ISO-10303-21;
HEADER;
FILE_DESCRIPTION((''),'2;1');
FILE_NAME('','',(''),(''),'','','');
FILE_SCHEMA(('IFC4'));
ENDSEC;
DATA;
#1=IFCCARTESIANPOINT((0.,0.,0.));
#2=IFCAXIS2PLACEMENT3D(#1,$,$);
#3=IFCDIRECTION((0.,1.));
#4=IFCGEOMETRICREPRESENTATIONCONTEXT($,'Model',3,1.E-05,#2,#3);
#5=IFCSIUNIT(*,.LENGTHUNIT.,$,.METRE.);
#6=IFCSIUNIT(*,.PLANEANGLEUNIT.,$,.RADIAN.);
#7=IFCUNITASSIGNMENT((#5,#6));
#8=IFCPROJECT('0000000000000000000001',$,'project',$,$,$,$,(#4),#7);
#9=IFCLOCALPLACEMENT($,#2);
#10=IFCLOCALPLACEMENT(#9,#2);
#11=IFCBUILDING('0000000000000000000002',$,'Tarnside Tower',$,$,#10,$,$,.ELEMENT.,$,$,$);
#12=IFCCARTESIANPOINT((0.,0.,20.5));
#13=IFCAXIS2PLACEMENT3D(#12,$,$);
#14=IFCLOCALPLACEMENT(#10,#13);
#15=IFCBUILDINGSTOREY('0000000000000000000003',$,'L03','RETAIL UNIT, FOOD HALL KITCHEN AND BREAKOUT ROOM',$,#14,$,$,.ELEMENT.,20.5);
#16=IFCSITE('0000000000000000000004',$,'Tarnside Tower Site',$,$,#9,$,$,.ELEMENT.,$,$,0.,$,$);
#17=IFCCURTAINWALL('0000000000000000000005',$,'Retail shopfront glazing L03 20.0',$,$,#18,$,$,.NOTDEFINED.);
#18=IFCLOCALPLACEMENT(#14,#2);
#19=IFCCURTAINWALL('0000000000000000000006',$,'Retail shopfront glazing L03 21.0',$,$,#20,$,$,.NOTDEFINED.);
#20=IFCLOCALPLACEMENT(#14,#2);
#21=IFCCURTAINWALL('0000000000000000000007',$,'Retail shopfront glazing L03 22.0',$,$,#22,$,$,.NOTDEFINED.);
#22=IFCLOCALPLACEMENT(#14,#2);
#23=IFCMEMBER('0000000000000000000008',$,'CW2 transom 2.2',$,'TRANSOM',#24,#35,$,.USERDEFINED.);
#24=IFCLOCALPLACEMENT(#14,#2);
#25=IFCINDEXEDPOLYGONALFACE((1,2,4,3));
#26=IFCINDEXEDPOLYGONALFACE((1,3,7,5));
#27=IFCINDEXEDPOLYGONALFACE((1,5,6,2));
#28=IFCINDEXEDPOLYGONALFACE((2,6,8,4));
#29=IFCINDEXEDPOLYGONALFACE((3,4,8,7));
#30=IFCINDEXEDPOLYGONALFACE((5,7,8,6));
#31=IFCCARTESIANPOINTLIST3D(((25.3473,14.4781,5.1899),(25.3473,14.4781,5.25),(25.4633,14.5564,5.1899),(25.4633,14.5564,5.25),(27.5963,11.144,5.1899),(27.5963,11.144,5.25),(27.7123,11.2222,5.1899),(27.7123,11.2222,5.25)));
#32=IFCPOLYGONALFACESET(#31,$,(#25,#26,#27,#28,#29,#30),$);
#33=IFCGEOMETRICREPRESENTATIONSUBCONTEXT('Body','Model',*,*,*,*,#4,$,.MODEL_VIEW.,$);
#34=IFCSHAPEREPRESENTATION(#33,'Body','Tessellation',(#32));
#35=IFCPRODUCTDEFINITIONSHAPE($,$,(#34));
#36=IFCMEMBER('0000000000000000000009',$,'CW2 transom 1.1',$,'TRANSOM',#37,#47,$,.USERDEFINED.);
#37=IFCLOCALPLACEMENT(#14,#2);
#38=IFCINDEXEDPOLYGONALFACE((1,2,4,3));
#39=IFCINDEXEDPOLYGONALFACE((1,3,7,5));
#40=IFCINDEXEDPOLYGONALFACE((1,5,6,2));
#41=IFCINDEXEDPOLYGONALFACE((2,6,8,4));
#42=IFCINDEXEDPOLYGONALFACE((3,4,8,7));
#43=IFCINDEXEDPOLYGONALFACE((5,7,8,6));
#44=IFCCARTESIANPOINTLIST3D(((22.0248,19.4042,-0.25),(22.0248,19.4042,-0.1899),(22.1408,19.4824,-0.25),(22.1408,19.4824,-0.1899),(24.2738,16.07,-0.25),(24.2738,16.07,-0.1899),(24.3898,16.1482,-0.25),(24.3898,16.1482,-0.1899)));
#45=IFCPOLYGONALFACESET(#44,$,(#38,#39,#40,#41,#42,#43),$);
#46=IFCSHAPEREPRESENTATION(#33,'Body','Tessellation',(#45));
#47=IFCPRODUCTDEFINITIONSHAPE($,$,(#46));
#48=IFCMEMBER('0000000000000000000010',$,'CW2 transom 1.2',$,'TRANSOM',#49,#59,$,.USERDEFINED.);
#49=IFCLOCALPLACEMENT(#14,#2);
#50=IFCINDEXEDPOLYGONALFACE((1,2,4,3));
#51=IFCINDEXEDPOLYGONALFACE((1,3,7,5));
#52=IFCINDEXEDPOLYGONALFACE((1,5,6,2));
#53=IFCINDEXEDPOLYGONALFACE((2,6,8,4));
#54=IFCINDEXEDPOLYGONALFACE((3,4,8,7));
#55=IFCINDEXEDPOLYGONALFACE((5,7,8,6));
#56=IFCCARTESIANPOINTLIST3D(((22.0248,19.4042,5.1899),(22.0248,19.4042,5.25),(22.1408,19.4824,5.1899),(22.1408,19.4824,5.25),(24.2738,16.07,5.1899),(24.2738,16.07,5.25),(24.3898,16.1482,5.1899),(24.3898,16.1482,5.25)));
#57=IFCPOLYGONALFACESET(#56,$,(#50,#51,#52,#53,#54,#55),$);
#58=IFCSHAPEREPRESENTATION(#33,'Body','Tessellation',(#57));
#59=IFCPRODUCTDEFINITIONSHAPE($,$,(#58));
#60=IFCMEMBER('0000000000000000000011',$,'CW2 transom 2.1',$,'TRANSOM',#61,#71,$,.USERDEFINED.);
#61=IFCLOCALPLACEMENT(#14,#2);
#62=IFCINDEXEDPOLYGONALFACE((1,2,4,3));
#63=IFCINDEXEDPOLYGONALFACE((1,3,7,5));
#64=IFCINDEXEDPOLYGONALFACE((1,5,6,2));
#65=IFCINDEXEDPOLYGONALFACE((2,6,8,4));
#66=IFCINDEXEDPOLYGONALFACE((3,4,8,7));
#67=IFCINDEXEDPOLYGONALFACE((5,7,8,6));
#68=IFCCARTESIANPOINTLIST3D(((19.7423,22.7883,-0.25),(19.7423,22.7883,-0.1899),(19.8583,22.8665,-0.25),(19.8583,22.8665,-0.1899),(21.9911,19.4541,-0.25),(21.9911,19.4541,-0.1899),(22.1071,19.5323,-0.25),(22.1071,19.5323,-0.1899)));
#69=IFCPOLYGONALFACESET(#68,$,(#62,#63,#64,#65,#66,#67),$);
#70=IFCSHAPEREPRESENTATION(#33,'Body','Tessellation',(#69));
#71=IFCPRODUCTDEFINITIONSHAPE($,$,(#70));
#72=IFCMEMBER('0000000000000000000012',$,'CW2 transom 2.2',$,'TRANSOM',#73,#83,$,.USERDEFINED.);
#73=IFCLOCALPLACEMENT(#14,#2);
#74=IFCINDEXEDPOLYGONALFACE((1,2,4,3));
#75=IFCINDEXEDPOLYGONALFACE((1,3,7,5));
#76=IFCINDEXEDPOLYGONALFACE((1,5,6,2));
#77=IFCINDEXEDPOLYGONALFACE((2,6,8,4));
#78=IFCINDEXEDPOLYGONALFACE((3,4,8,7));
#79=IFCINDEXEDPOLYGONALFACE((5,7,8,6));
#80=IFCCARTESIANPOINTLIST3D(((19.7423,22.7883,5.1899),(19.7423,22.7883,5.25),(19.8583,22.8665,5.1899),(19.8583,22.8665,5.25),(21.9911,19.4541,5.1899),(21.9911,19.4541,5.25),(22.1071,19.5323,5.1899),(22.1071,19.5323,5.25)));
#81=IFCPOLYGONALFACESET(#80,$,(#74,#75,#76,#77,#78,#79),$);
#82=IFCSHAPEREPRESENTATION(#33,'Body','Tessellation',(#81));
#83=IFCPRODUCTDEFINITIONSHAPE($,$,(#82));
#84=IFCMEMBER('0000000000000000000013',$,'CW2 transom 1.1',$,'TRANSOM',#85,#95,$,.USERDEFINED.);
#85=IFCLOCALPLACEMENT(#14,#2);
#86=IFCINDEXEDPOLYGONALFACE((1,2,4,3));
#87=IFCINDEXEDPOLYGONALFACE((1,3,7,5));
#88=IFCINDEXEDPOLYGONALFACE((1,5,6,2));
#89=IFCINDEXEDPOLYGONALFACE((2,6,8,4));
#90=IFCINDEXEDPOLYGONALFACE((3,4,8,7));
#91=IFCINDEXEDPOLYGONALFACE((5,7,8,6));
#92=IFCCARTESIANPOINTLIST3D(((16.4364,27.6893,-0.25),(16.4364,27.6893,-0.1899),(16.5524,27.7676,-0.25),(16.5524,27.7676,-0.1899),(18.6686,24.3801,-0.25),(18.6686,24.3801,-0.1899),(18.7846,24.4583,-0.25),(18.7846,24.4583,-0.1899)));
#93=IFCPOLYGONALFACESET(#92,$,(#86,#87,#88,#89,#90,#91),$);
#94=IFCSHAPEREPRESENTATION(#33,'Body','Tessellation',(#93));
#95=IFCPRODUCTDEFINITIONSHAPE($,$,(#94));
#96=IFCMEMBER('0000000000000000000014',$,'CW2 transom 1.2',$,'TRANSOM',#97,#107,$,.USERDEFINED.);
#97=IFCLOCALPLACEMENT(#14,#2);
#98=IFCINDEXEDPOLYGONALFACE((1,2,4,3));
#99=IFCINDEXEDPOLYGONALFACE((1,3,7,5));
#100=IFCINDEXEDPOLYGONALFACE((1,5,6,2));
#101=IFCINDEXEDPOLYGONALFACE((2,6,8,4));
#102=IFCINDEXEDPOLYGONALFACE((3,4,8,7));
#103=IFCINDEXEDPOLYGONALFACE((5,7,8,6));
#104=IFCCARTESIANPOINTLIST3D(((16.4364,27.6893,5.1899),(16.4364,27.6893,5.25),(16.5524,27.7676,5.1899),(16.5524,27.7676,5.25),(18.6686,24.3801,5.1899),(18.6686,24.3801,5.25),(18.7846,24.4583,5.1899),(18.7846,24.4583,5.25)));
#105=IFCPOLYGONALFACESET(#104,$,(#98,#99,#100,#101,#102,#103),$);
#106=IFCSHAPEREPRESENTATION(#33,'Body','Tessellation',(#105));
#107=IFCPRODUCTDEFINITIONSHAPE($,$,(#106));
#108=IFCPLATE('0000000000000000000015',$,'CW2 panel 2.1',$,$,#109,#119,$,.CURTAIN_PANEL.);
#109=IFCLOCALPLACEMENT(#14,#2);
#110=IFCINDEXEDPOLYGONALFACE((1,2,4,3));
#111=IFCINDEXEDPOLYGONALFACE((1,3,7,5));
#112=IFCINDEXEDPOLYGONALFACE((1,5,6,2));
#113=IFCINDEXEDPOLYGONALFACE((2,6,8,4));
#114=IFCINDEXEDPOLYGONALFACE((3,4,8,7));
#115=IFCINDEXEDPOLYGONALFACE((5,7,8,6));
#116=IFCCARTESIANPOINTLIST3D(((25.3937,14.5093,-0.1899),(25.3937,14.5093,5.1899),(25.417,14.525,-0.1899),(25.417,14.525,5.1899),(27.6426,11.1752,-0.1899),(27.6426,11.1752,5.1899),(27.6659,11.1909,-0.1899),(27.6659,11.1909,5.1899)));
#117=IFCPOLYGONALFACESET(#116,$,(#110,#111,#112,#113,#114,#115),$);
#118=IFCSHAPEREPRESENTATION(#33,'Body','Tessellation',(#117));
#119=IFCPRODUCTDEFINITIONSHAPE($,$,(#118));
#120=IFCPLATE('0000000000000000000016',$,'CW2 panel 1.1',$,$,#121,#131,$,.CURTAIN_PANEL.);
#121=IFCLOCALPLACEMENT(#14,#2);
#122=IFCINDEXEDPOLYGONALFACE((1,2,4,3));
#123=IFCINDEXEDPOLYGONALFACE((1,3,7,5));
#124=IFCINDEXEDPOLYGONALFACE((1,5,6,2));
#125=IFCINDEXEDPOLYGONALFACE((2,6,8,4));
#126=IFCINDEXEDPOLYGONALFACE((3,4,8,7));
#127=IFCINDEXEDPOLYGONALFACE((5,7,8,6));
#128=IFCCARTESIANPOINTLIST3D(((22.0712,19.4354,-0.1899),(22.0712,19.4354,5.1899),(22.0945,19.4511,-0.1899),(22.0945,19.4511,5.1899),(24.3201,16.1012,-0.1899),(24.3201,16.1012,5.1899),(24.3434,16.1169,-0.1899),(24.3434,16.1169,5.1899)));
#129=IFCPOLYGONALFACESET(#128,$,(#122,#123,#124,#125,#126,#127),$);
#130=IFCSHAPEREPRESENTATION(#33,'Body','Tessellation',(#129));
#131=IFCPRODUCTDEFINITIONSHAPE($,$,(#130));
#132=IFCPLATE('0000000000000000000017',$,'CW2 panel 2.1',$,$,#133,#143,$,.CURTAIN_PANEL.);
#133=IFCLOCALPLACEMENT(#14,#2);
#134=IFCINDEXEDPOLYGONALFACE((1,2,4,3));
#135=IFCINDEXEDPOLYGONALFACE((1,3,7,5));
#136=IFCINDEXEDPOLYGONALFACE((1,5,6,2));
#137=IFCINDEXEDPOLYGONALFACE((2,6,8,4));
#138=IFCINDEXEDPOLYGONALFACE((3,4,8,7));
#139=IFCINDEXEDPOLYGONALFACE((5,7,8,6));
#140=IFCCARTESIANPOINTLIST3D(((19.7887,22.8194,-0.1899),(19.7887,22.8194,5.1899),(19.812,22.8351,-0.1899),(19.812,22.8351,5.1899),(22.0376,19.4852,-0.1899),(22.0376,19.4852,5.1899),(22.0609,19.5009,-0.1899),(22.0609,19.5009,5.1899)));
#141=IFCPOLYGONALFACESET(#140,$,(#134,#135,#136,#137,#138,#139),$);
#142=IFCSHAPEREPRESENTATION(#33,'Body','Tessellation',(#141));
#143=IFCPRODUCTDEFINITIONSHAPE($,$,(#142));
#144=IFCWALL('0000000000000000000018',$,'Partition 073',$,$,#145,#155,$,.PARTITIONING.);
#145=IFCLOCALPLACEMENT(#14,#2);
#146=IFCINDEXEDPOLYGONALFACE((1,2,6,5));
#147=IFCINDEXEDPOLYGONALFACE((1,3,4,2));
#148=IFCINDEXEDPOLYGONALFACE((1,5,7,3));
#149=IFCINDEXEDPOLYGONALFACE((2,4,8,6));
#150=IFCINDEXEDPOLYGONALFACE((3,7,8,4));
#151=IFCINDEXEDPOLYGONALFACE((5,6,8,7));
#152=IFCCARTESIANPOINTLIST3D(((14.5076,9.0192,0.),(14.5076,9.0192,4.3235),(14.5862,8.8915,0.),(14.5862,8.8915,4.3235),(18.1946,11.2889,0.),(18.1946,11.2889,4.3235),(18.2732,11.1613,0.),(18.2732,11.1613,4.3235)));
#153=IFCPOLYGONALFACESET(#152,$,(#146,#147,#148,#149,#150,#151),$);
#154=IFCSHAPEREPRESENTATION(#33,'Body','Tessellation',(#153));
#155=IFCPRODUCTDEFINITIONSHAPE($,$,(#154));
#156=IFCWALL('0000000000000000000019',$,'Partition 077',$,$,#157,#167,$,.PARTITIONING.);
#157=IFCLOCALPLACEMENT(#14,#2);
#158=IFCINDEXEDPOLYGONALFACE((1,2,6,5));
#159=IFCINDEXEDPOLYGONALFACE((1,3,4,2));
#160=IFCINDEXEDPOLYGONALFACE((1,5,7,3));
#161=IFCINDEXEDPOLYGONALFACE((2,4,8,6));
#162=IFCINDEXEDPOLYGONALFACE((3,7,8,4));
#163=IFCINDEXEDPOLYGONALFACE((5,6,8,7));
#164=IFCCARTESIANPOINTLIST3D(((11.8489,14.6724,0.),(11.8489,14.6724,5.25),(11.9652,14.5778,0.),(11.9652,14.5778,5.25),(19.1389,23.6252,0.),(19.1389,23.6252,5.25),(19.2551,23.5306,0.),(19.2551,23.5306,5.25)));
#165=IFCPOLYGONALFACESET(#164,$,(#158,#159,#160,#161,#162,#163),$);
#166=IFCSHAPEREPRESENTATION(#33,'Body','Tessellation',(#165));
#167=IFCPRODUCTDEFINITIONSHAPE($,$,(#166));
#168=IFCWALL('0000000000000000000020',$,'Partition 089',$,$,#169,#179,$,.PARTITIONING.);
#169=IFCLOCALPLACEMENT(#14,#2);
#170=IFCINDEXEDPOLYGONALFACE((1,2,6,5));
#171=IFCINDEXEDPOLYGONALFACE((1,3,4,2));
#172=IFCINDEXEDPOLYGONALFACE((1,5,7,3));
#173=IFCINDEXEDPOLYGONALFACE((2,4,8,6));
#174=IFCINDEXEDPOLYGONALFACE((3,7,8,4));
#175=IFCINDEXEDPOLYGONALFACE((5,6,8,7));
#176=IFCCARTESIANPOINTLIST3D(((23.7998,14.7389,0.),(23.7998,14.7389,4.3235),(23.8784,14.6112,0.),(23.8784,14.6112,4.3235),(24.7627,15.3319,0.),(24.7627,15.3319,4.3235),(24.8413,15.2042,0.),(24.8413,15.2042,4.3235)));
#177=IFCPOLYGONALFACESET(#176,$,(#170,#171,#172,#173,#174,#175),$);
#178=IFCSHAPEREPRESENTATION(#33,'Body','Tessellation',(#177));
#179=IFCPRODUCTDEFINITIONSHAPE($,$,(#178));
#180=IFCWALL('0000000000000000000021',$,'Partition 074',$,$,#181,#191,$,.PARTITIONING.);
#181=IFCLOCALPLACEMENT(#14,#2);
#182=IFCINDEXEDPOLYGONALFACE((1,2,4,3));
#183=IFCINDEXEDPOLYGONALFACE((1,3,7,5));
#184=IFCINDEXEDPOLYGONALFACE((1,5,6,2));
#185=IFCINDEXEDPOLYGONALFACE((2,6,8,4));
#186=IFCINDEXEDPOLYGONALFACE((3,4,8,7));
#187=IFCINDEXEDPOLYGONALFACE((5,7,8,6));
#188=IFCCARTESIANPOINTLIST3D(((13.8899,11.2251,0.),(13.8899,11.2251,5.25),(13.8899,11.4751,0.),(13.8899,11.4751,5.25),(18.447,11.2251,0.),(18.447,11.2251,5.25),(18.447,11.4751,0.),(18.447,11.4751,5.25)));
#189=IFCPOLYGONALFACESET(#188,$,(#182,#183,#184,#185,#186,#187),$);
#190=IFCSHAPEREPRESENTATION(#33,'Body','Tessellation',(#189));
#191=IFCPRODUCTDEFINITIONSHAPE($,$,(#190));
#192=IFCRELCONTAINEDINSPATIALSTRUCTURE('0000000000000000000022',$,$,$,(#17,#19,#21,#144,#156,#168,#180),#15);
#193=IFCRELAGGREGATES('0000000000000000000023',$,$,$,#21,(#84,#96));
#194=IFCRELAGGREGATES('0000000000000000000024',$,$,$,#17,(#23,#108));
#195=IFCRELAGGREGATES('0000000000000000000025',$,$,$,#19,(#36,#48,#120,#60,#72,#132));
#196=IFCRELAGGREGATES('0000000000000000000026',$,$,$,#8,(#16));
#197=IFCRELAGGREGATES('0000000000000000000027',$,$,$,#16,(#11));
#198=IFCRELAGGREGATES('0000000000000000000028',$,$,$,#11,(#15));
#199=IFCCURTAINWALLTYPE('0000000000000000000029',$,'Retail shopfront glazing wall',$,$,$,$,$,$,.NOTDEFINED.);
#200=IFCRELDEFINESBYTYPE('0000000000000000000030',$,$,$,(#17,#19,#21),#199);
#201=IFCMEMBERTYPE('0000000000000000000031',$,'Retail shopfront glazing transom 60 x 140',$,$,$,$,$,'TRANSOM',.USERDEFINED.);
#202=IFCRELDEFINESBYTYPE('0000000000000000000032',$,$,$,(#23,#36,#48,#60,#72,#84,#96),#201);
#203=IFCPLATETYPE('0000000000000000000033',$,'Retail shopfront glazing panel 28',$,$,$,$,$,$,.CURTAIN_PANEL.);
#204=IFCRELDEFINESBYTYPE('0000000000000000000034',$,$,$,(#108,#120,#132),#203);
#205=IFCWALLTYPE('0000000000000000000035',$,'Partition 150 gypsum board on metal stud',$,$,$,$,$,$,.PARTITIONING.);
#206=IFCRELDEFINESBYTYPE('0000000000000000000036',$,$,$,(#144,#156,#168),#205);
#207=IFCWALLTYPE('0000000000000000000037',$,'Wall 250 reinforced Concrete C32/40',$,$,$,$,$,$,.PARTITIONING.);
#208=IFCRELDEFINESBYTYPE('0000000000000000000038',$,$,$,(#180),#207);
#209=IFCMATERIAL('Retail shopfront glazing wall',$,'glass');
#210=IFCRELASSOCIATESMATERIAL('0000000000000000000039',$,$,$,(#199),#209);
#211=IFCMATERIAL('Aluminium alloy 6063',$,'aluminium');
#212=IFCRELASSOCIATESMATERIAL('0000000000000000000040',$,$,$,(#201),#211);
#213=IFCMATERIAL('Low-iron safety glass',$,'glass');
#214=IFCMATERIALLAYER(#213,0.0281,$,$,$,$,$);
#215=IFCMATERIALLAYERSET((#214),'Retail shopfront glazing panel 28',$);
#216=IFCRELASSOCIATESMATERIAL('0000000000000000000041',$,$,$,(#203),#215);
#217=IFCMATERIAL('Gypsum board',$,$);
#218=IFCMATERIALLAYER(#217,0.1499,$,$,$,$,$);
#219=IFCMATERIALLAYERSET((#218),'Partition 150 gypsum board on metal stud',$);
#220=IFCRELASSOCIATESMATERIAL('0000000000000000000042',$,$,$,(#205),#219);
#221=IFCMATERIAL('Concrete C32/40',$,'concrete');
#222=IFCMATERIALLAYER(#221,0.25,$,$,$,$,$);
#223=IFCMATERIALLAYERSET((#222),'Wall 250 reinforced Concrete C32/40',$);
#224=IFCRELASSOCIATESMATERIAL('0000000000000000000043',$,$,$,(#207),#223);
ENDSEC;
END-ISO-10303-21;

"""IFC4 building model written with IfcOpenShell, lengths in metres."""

from ifc_helpers import new_model, si_unit, direction, frame, frame_2d, origin, origin_2d, place, context, subcontext, project, spatial, rectangle, extrude, material, layer, layer_set, material_profile, profile_set, type_object, element, aggregate, save


model = new_model("IFC4")

# Units and contexts
model_context = context("Model", 3, precision=1e-05, world=origin(), true_north=direction((0.0, 1.0)))
body_context = subcontext(model_context, "Body", "Model", "MODEL_VIEW")
ifc_project = project(units=[si_unit("LENGTHUNIT", "METRE"), si_unit("PLANEANGLEUNIT", "RADIAN")], contexts=[model_context])

# Site, building, storey
site_placement = place(None, origin())
site = spatial("IfcSite", under=ifc_project, at=site_placement, Name="Tarnside Tower Site", CompositionType="ELEMENT", RefElevation=0.0)
building_placement = place(site_placement, origin())
building = spatial("IfcBuilding", under=site, at=building_placement, Name="Tarnside Tower", CompositionType="ELEMENT")
storey_placement = place(building_placement, frame((0.0, 0.0, 20.5)))
storey = spatial("IfcBuildingStorey", under=building, at=storey_placement, Name="L03", Description="RETAIL UNIT, FOOD HALL KITCHEN AND BREAKOUT ROOM", CompositionType="ELEMENT", Elevation=20.5)

# Curtain walls
ifc_material_1 = material(Name="Retail shopfront glazing wall", Category="glass")
curtain_wall_type = type_object("IfcCurtainWallType", Name="Retail shopfront glazing wall", PredefinedType="NOTDEFINED", material=ifc_material_1)
curtain_wall_1_placement = place(storey_placement, origin())
curtain_wall_1 = element("IfcCurtainWall", 1, at=curtain_wall_1_placement, inside=storey, type_object=curtain_wall_type, Name="Retail shopfront glazing L03 20.0", PredefinedType="NOTDEFINED")
ifc_material_2 = material(Name="Aluminium alloy 6063", Category="aluminium")
curtain_wall_2_placement = place(storey_placement, origin())
curtain_wall_2 = element("IfcCurtainWall", 2, at=curtain_wall_2_placement, inside=storey, type_object=curtain_wall_type, Name="Retail shopfront glazing L03 21.0", PredefinedType="NOTDEFINED")

# Curtain wall
curtain_wall_3_placement = place(storey_placement, origin())
curtain_wall_3 = element("IfcCurtainWall", 3, at=curtain_wall_3_placement, inside=storey, type_object=curtain_wall_type, Name="Retail shopfront glazing L03 22.0", PredefinedType="NOTDEFINED")

# Members
ifc_material_profile_1 = material_profile(ifc_material_2, rectangle(XDim=0.1399, YDim=0.0601, at=origin_2d()), Name="Retail shopfront glazing transom 60 x 140")
ifc_profile_set_1 = profile_set([ifc_material_profile_1], Name="Aluminium alloy 6063")
member_type_1 = type_object("IfcMemberType", Name="Retail shopfront glazing transom 60 x 140", ElementType="TRANSOM", PredefinedType="USERDEFINED", material=ifc_profile_set_1)
member_1_placement = place(storey_placement, frame((27.6543, 11.1831, 5.22), z_axis=(-0.559203, 0.829031, 0.0), x_axis=(-0.829031, -0.559203, 0.0)))
member_1 = element("IfcMember", 4, at=member_1_placement, type_object=member_type_1, Name="CW2 transom 2.2", ObjectType="TRANSOM", PredefinedType="USERDEFINED", context=body_context, shape_type="SweptSolid", body=[
    extrude(rectangle(XDim=0.1399, YDim=0.0601, at=origin_2d()), origin(), (0.0, 0.0, 1.0), 4.0217),
])
member_2_placement = place(storey_placement, frame((24.3318, 16.1091, -0.22), z_axis=(-0.559203, 0.829031, 0.0), x_axis=(-0.829031, -0.559203, 0.0)))
member_2 = element("IfcMember", 5, at=member_2_placement, type_object=member_type_1, Name="CW2 transom 1.1", ObjectType="TRANSOM", PredefinedType="USERDEFINED", context=body_context, shape_type="SweptSolid", body=[
    extrude(rectangle(XDim=0.1399, YDim=0.0601, at=origin_2d()), origin(), (0.0, 0.0, 1.0), 4.0217),
])
member_3_placement = place(storey_placement, frame((24.3318, 16.1091, 5.22), z_axis=(-0.559203, 0.829031, 0.0), x_axis=(-0.829031, -0.559203, 0.0)))
member_3 = element("IfcMember", 6, at=member_3_placement, type_object=member_type_1, Name="CW2 transom 1.2", ObjectType="TRANSOM", PredefinedType="USERDEFINED", context=body_context, shape_type="SweptSolid", body=[
    extrude(rectangle(XDim=0.1399, YDim=0.0601, at=origin_2d()), origin(), (0.0, 0.0, 1.0), 4.0217),
])
member_4_placement = place(storey_placement, frame((22.0491, 19.4932, -0.22), z_axis=(-0.559161, 0.829059, 0.0), x_axis=(-0.829059, -0.559161, 0.0)))
member_4 = element("IfcMember", 7, at=member_4_placement, type_object=member_type_1, Name="CW2 transom 2.1", ObjectType="TRANSOM", PredefinedType="USERDEFINED", context=body_context, shape_type="SweptSolid", body=[
    extrude(rectangle(XDim=0.1399, YDim=0.0601, at=origin_2d()), origin(), (0.0, 0.0, 1.0), 4.0217),
])
member_5_placement = place(storey_placement, frame((22.0491, 19.4932, 5.22), z_axis=(-0.559161, 0.829059, 0.0), x_axis=(-0.829059, -0.559161, 0.0)))
member_5 = element("IfcMember", 8, at=member_5_placement, type_object=member_type_1, Name="CW2 transom 2.2", ObjectType="TRANSOM", PredefinedType="USERDEFINED", context=body_context, shape_type="SweptSolid", body=[
    extrude(rectangle(XDim=0.1399, YDim=0.0601, at=origin_2d()), origin(), (0.0, 0.0, 1.0), 4.0217),
])
member_6_placement = place(storey_placement, frame((18.7266, 24.4192, -0.22), z_axis=(-0.559194, 0.829037, 0.0), x_axis=(-0.829037, -0.559194, 0.0)))
member_6 = element("IfcMember", 9, at=member_6_placement, type_object=member_type_1, Name="CW2 transom 1.1", ObjectType="TRANSOM", PredefinedType="USERDEFINED", context=body_context, shape_type="SweptSolid", body=[
    extrude(rectangle(XDim=0.1399, YDim=0.0601, at=origin_2d()), origin(), (0.0, 0.0, 1.0), 3.9917),
])
member_7_placement = place(storey_placement, frame((18.7266, 24.4192, 5.22), z_axis=(-0.559194, 0.829037, 0.0), x_axis=(-0.829037, -0.559194, 0.0)))
member_7 = element("IfcMember", 10, at=member_7_placement, type_object=member_type_1, Name="CW2 transom 1.2", ObjectType="TRANSOM", PredefinedType="USERDEFINED", context=body_context, shape_type="SweptSolid", body=[
    extrude(rectangle(XDim=0.1399, YDim=0.0601, at=origin_2d()), origin(), (0.0, 0.0, 1.0), 3.9917),
])
aggregate(curtain_wall_3, [member_6, member_7])

# Plates
ifc_material_3 = material(Name="Low-iron safety glass", Category="glass")
ifc_layer_1 = layer(ifc_material_3, 0.0281)
ifc_layer_set_1 = layer_set([ifc_layer_1], Name="Retail shopfront glazing panel 28")
plate_type = type_object("IfcPlateType", Name="Retail shopfront glazing panel 28", PredefinedType="CURTAIN_PANEL", material=ifc_layer_set_1)
plate_1_placement = place(storey_placement, frame((26.5298, 12.8501, -0.1899), z_axis=(0.0, 0.0, 1.0), x_axis=(-0.559193, 0.829038, 0.0)))
plate_1 = element("IfcPlate", 11, at=plate_1_placement, type_object=plate_type, Name="CW2 panel 2.1", PredefinedType="CURTAIN_PANEL", context=body_context, shape_type="SweptSolid", body=[
    extrude(rectangle(XDim=4.0217, YDim=0.0281, at=origin_2d()), origin(), (0.0, 0.0, 1.0), 5.3799),
])
aggregate(curtain_wall_1, [member_1, plate_1])
plate_2_placement = place(storey_placement, frame((23.2073, 17.7761, -0.1899), z_axis=(0.0, 0.0, 1.0), x_axis=(-0.559193, 0.829038, 0.0)))
plate_2 = element("IfcPlate", 12, at=plate_2_placement, type_object=plate_type, Name="CW2 panel 1.1", PredefinedType="CURTAIN_PANEL", context=body_context, shape_type="SweptSolid", body=[
    extrude(rectangle(XDim=4.0217, YDim=0.0281, at=origin_2d()), origin(), (0.0, 0.0, 1.0), 5.3799),
])
plate_3_placement = place(storey_placement, frame((20.9248, 21.1602, -0.1899), z_axis=(0.0, 0.0, 1.0), x_axis=(-0.559193, 0.829038, 0.0)))
plate_3 = element("IfcPlate", 13, at=plate_3_placement, type_object=plate_type, Name="CW2 panel 2.1", PredefinedType="CURTAIN_PANEL", context=body_context, shape_type="SweptSolid", body=[
    extrude(rectangle(XDim=4.0217, YDim=0.0281, at=origin_2d()), origin(), (0.0, 0.0, 1.0), 5.3799),
])
aggregate(curtain_wall_2, [member_2, member_3, plate_2, member_4, member_5, plate_3])

# Walls
ifc_material_4 = material(Name="Gypsum board")
ifc_layer_2 = layer(ifc_material_4, 0.1499)
ifc_layer_set_2 = layer_set([ifc_layer_2], Name="Partition 150 gypsum board on metal stud")
wall_type_1 = type_object("IfcWallType", Name="Partition 150 gypsum board on metal stud", PredefinedType="PARTITIONING", material=ifc_layer_set_2)
wall_1_placement = place(storey_placement, frame((18.2339, 11.2251, 0.0), z_axis=(0.0, 0.0, 1.0), x_axis=(-0.851571, -0.524239, 0.0)))
element("IfcWall", 14, at=wall_1_placement, inside=storey, type_object=wall_type_1, Name="Partition 073", PredefinedType="PARTITIONING", context=body_context, shape_type="SweptSolid", body=[
    extrude(rectangle(XDim=4.3296, YDim=0.1499, at=frame_2d((2.1648, 0.0))), origin(), (0.0, 0.0, 1.0), 4.3235),
])
wall_2_placement = place(storey_placement, frame((19.197, 23.5779, 0.0), z_axis=(0.0, 0.0, 1.0), x_axis=(-0.631418, -0.775443, 0.0)))
element("IfcWall", 15, at=wall_2_placement, inside=storey, type_object=wall_type_1, Name="Partition 077", PredefinedType="PARTITIONING", context=body_context, shape_type="SweptSolid", body=[
    extrude(rectangle(XDim=11.5454, YDim=0.1499, at=frame_2d((5.7727, 0.0))), origin(), (0.0, 0.0, 1.0), 5.25),
])
wall_3_placement = place(storey_placement, frame((24.802, 15.2681, 0.0), z_axis=(0.0, 0.0, 1.0), x_axis=(-0.851473, -0.524399, 0.0)))
element("IfcWall", 16, at=wall_3_placement, inside=storey, type_object=wall_type_1, Name="Partition 089", PredefinedType="PARTITIONING", context=body_context, shape_type="SweptSolid", body=[
    extrude(rectangle(XDim=1.1309, YDim=0.1499, at=frame_2d((0.5654, 0.0))), origin(), (0.0, 0.0, 1.0), 4.3235),
])
ifc_material_5 = material(Name="Concrete C32/40", Category="concrete")
ifc_layer_3 = layer(ifc_material_5, 0.25)
ifc_layer_set_3 = layer_set([ifc_layer_3], Name="Wall 250 reinforced Concrete C32/40")
wall_type_2 = type_object("IfcWallType", Name="Wall 250 reinforced Concrete C32/40", PredefinedType="PARTITIONING", material=ifc_layer_set_3)
wall_4_placement = place(storey_placement, frame((18.447, 11.3501, 0.0), z_axis=(0.0, 0.0, 1.0), x_axis=(-1.0, 0.0, 0.0)))
element("IfcWall", 17, at=wall_4_placement, inside=storey, type_object=wall_type_2, Name="Partition 074", PredefinedType="PARTITIONING", context=body_context, shape_type="SweptSolid", body=[
    extrude(rectangle(XDim=4.5571, YDim=0.25, at=frame_2d((2.2786, 0.0))), origin(), (0.0, 0.0, 1.0), 5.25),
])

save(model, "model.ifc")
